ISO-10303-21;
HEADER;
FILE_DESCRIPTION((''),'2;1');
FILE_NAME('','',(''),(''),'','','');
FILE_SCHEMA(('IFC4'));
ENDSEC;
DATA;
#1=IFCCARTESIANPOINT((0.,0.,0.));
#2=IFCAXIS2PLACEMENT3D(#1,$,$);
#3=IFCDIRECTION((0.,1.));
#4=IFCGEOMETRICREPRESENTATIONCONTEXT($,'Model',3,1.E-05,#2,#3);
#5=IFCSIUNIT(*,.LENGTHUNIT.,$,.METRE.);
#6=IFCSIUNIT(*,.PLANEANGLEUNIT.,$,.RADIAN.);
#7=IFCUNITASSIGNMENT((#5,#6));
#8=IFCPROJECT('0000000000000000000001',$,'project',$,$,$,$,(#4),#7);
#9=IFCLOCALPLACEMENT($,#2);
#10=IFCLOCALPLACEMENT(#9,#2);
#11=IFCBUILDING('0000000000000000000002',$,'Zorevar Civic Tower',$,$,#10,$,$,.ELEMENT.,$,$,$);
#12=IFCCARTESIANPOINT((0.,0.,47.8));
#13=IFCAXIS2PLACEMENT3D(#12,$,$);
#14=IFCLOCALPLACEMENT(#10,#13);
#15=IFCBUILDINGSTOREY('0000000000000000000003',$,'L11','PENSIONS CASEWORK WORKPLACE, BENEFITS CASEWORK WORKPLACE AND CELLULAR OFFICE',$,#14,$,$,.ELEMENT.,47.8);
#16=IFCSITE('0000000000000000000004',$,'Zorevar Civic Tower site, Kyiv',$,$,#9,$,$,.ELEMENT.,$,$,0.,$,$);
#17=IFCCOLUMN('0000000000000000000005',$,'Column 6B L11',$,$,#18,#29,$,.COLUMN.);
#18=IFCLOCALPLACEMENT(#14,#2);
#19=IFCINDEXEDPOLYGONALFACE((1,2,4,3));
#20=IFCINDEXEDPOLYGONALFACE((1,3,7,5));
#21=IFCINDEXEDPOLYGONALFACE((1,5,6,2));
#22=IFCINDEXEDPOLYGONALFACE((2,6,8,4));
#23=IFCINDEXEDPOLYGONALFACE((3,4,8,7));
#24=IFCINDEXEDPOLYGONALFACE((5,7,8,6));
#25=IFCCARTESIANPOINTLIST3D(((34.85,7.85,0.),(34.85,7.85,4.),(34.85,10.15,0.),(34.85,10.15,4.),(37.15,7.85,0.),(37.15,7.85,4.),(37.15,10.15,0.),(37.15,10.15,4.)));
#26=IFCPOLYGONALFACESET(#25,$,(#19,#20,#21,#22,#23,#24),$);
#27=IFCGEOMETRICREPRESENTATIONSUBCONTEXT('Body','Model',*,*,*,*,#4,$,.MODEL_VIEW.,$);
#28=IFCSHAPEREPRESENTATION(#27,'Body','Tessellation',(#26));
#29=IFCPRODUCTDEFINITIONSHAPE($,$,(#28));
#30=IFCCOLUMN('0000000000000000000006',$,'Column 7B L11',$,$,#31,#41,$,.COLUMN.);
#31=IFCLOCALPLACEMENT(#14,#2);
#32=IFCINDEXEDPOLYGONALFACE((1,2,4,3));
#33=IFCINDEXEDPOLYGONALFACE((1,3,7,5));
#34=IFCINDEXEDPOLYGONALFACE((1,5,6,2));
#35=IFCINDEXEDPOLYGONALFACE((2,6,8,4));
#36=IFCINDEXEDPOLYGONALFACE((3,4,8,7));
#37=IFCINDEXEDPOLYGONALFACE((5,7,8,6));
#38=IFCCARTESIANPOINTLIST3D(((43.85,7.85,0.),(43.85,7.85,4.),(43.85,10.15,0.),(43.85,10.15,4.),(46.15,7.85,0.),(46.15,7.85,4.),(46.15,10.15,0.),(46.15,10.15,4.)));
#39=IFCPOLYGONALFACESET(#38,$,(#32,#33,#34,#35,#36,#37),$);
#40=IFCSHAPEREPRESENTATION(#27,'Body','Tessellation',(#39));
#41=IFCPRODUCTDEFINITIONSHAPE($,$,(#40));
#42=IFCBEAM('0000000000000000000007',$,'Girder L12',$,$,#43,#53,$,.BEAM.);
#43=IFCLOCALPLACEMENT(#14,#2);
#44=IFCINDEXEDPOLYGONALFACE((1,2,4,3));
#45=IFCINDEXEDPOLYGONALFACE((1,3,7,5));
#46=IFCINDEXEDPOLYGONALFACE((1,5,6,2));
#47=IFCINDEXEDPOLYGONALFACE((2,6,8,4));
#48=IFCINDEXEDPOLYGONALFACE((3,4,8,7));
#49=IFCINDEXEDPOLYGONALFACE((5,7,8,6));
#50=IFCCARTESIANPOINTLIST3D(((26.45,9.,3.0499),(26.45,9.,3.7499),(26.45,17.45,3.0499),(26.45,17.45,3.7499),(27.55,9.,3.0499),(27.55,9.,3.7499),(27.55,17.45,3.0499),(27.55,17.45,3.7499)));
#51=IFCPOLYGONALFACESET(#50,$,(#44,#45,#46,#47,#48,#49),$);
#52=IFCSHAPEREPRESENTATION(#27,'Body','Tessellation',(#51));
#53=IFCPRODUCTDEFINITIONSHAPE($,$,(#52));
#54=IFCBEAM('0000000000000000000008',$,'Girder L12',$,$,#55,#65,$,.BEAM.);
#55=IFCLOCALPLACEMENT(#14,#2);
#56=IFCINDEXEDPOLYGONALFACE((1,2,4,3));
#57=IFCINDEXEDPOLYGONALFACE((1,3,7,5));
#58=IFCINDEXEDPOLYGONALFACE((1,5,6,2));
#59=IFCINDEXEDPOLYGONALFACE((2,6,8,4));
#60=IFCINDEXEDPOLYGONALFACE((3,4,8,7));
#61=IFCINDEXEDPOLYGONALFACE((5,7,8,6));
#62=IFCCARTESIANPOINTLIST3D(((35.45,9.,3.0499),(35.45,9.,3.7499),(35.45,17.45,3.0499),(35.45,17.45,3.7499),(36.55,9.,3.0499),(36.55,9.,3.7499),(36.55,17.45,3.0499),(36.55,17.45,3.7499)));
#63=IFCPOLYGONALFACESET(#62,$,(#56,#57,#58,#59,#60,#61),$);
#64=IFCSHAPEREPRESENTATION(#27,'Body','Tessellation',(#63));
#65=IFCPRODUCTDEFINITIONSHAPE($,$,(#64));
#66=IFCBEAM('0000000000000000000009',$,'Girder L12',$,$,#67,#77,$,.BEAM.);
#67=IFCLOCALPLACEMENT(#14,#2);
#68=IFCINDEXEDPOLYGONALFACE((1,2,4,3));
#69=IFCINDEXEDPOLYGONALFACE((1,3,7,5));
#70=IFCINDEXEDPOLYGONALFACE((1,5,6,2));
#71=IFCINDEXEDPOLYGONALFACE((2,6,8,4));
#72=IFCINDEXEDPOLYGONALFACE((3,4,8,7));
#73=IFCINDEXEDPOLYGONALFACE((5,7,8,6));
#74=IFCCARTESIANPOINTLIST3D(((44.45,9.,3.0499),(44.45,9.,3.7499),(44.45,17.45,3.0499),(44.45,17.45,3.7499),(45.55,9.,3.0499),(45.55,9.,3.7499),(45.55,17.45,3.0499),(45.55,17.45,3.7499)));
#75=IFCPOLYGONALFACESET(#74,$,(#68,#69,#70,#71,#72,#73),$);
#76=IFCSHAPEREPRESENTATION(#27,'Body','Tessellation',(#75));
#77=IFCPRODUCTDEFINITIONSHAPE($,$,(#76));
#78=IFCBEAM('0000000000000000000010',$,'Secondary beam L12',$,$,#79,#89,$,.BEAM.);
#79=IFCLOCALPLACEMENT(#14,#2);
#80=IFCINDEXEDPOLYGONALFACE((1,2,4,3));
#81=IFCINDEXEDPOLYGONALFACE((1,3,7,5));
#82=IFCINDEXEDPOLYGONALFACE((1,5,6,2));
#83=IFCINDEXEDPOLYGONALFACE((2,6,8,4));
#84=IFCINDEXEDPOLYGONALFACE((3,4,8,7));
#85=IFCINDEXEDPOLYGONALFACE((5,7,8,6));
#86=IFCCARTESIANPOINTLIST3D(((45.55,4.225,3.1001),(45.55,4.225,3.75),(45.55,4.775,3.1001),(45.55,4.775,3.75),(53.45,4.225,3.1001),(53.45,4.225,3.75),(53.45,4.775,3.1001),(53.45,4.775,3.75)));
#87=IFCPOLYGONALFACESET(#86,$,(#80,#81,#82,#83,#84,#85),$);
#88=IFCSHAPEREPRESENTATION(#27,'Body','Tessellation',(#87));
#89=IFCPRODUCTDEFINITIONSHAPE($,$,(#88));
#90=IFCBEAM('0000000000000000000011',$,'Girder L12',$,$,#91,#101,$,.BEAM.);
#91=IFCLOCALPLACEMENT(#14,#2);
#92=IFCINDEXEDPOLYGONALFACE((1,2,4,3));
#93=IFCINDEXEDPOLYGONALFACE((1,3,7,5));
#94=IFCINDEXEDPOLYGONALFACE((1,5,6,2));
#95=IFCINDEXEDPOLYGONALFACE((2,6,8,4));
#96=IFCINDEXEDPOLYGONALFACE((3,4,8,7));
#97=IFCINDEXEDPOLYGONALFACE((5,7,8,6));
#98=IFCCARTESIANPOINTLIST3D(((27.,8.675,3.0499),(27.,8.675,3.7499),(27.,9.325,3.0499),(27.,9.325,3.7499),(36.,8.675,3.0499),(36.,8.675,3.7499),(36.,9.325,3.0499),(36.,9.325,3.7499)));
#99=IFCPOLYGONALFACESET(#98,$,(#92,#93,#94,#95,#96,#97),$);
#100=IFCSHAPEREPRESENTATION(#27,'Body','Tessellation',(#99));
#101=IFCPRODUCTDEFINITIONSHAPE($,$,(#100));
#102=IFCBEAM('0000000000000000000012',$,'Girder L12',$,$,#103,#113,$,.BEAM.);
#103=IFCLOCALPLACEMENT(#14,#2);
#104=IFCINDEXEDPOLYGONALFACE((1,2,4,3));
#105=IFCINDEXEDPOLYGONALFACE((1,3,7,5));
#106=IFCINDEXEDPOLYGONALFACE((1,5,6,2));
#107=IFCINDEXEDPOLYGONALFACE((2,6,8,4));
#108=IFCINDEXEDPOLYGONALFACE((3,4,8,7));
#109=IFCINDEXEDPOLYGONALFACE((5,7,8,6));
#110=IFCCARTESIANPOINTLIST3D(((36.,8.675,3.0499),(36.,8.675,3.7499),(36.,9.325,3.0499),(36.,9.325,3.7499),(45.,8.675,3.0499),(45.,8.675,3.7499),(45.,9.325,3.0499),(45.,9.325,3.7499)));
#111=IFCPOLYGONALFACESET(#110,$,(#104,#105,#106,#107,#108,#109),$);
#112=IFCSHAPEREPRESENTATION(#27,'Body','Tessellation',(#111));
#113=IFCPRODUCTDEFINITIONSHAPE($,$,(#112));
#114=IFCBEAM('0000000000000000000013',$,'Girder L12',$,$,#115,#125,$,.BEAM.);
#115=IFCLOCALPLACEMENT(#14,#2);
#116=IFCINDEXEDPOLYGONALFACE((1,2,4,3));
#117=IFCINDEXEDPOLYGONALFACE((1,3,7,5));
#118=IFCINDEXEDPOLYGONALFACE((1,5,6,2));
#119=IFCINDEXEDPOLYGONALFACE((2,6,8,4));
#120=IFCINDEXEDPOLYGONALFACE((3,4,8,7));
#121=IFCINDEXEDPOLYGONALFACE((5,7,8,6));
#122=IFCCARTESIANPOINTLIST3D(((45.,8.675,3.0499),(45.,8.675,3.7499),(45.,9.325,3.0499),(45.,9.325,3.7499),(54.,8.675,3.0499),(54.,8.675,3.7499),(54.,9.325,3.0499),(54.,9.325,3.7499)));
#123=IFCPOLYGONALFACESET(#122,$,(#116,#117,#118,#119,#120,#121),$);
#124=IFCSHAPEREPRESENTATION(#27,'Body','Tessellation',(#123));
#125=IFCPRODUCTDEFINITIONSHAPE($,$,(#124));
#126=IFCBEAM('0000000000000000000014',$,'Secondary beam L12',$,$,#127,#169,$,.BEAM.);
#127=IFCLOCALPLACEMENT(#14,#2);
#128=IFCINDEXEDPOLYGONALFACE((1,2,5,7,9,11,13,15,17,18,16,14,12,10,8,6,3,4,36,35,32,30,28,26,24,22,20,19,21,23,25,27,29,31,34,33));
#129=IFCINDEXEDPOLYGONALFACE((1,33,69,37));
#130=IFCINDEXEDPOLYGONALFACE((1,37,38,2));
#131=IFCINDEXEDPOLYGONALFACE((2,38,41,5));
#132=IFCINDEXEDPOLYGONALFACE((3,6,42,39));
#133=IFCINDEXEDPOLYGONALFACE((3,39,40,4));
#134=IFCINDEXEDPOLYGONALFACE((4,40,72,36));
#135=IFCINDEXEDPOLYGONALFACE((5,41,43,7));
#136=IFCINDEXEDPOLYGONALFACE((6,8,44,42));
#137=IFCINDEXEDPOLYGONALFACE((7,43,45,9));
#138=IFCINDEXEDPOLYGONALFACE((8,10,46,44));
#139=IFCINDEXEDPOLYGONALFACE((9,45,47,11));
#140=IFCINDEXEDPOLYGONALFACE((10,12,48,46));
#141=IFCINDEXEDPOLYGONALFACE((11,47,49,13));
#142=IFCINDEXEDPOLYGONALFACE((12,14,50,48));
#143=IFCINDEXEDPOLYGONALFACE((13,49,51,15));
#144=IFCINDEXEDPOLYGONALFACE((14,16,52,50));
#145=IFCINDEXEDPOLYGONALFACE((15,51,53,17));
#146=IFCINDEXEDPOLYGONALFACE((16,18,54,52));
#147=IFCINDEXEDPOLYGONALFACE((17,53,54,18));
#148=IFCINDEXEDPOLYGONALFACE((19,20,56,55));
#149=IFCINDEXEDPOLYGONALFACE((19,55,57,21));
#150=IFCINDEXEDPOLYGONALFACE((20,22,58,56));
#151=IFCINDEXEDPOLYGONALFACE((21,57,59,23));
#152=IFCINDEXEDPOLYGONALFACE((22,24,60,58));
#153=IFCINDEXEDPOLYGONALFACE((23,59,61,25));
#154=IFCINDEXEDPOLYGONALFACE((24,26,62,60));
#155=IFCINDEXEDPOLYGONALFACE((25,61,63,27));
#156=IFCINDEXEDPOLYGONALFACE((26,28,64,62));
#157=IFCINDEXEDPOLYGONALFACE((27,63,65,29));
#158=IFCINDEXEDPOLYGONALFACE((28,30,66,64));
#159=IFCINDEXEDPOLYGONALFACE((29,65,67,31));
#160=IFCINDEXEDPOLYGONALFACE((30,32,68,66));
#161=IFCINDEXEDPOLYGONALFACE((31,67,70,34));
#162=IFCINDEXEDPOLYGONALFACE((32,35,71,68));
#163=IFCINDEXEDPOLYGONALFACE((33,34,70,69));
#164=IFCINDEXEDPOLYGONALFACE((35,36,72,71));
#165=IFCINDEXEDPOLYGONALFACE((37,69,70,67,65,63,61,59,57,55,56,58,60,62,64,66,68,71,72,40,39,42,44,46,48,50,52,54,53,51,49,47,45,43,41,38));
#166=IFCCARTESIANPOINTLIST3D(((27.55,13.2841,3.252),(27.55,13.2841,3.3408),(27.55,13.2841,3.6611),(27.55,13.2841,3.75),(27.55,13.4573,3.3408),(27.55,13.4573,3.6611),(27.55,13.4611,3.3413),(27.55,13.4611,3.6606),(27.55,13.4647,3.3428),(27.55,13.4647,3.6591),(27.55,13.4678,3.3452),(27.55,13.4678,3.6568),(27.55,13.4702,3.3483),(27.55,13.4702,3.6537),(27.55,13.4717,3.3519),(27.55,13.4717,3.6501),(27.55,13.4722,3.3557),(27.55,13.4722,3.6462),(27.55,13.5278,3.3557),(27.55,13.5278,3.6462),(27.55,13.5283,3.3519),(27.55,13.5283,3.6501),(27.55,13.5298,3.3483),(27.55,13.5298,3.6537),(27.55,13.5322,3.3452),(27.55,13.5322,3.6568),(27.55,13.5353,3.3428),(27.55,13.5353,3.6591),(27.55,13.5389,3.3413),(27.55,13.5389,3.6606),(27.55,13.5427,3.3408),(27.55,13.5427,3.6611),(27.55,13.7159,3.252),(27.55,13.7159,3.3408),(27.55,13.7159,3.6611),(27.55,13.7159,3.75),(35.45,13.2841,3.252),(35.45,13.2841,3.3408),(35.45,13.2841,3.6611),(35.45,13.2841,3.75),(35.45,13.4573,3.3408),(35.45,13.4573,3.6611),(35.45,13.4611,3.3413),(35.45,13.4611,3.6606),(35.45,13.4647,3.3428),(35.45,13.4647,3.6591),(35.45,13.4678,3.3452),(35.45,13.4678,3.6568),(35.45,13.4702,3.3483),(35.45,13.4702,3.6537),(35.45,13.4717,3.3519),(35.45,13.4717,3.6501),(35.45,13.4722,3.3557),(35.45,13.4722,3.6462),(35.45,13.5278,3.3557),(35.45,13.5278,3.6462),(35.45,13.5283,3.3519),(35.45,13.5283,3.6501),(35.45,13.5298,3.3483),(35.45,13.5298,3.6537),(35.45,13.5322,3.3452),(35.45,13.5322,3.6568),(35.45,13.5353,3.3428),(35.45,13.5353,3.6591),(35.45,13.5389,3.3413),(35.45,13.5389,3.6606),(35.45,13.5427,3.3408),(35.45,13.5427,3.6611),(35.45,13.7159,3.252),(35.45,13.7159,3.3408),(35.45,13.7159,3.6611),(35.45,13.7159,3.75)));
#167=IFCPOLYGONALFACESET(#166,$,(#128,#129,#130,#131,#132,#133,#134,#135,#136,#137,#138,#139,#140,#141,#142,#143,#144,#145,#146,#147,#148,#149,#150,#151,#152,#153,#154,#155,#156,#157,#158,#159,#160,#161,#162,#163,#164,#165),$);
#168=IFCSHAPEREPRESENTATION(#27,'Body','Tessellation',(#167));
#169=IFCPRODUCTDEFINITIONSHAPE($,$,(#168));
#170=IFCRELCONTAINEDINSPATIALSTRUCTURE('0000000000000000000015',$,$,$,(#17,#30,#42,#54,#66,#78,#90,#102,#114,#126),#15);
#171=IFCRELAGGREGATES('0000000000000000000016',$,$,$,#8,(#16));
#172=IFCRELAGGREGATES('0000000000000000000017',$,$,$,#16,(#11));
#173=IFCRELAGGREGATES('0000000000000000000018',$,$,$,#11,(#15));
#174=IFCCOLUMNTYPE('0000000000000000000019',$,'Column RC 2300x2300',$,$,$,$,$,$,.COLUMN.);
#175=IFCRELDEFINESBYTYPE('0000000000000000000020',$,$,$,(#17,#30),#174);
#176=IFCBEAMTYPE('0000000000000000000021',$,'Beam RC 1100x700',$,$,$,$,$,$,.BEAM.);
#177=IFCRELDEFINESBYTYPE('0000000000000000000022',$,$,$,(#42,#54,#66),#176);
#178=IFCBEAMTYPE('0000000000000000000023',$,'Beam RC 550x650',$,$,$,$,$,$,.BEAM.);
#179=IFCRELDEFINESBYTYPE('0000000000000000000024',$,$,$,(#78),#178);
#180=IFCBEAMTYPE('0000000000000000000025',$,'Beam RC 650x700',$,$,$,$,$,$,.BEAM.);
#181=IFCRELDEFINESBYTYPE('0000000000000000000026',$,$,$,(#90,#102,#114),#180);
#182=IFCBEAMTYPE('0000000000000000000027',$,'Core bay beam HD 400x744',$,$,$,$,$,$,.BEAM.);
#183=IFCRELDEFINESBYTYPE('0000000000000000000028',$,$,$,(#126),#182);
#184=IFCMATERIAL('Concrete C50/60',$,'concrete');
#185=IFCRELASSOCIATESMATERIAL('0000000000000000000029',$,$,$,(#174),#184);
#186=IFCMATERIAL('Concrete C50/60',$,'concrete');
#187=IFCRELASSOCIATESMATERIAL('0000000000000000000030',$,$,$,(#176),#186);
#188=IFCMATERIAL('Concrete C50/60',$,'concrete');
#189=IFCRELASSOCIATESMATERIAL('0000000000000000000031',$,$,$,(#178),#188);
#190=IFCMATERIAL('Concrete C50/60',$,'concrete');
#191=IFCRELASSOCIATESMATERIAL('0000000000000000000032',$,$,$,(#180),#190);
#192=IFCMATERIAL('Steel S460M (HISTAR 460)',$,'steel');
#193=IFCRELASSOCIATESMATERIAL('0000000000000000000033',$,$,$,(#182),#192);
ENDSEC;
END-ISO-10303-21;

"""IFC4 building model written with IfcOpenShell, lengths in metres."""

from ifc_helpers import new_model, si_unit, direction, frame, origin, origin_2d, place, context, subcontext, project, spatial, rectangle, i_section, extrude, material, material_profile, profile_set, type_object, element, save


model = new_model("IFC4")

# Units and contexts
model_context = context("Model", 3, precision=1e-05, world=origin(), true_north=direction((0.0, 1.0)))
body_context = subcontext(model_context, "Body", "Model", "MODEL_VIEW")
ifc_project = project(units=[si_unit("LENGTHUNIT", "METRE"), si_unit("PLANEANGLEUNIT", "RADIAN")], contexts=[model_context])

# Site, building, storey
site_placement = place(None, origin())
site = spatial("IfcSite", under=ifc_project, at=site_placement, Name="Zorevar Civic Tower site, Kyiv", CompositionType="ELEMENT", RefElevation=0.0)
building_placement = place(site_placement, origin())
building = spatial("IfcBuilding", under=site, at=building_placement, Name="Zorevar Civic Tower", CompositionType="ELEMENT")
storey_placement = place(building_placement, frame((0.0, 0.0, 47.8)))
storey = spatial("IfcBuildingStorey", under=building, at=storey_placement, Name="L11", Description="PENSIONS CASEWORK WORKPLACE, BENEFITS CASEWORK WORKPLACE AND CELLULAR OFFICE", CompositionType="ELEMENT", Elevation=47.8)

# Columns
ifc_material_1 = material(Name="Concrete C50/60", Category="concrete")
ifc_material_profile_1 = material_profile(ifc_material_1, rectangle(XDim=2.3, YDim=2.3, at=origin_2d()), Name="RC 2300x2300")
ifc_profile_set_1 = profile_set([ifc_material_profile_1], Name="Concrete C50/60")
column_type = type_object("IfcColumnType", Name="Column RC 2300x2300", PredefinedType="COLUMN", material=ifc_profile_set_1)
for number, where, z_axis, x_axis, name in (
    (1, (36.0, 9.0, 0.0), (0.0, 0.0, 1.0), (1.0, 0.0, 0.0), "Column 6B L11"),
    (2, (45.0, 9.0, 0.0), (0.0, 0.0, 1.0), (1.0, 0.0, 0.0), "Column 7B L11"),
):
    element("IfcColumn", number, at=place(storey_placement, frame(where, z_axis=z_axis, x_axis=x_axis)), inside=storey, type_object=column_type, Name=name, PredefinedType="COLUMN", context=body_context, shape_type="SweptSolid", body=[
        extrude(rectangle(XDim=2.3, YDim=2.3, at=origin_2d()), origin(), (0.0, 0.0, 1.0), 4.0),
    ])

# Beams
ifc_material_2 = material(Name="Concrete C50/60", Category="concrete")
ifc_material_profile_2 = material_profile(ifc_material_2, rectangle(XDim=1.1001, YDim=0.7, at=origin_2d()), Name="RC 1100x700")
ifc_profile_set_2 = profile_set([ifc_material_profile_2], Name="Concrete C50/60")
beam_type_1 = type_object("IfcBeamType", Name="Beam RC 1100x700", PredefinedType="BEAM", material=ifc_profile_set_2)
for number, where, z_axis, x_axis, name in (
    (3, (27.0, 9.0, 3.3999), (0.0, 1.0, 0.0), (-1.0, 0.0, 0.0), "Girder L12"),
    (4, (36.0, 9.0, 3.3999), (0.0, 1.0, 0.0), (-1.0, 0.0, 0.0), "Girder L12"),
    (5, (45.0, 9.0, 3.3999), (0.0, 1.0, 0.0), (-1.0, 0.0, 0.0), "Girder L12"),
):
    element("IfcBeam", number, at=place(storey_placement, frame(where, z_axis=z_axis, x_axis=x_axis)), inside=storey, type_object=beam_type_1, Name=name, PredefinedType="BEAM", context=body_context, shape_type="SweptSolid", body=[
        extrude(rectangle(XDim=1.1001, YDim=0.7, at=origin_2d()), origin(), (0.0, 0.0, 1.0), 8.45),
    ])
ifc_material_3 = material(Name="Concrete C50/60", Category="concrete")
ifc_material_profile_3 = material_profile(ifc_material_3, rectangle(XDim=0.55, YDim=0.6499, at=origin_2d()), Name="RC 550x650")
ifc_profile_set_3 = profile_set([ifc_material_profile_3], Name="Concrete C50/60")
beam_type_2 = type_object("IfcBeamType", Name="Beam RC 550x650", PredefinedType="BEAM", material=ifc_profile_set_3)
beam_1_placement = place(storey_placement, frame((45.55, 4.5, 3.425), z_axis=(1.0, 0.0, 0.0), x_axis=(0.0, 1.0, 0.0)))
element("IfcBeam", 6, at=beam_1_placement, inside=storey, type_object=beam_type_2, Name="Secondary beam L12", PredefinedType="BEAM", context=body_context, shape_type="SweptSolid", body=[
    extrude(rectangle(XDim=0.55, YDim=0.6499, at=origin_2d()), origin(), (0.0, 0.0, 1.0), 7.8999),
])
ifc_material_4 = material(Name="Concrete C50/60", Category="concrete")
ifc_material_profile_4 = material_profile(ifc_material_4, rectangle(XDim=0.6499, YDim=0.7, at=origin_2d()), Name="RC 650x700")
ifc_profile_set_4 = profile_set([ifc_material_profile_4], Name="Concrete C50/60")
beam_type_3 = type_object("IfcBeamType", Name="Beam RC 650x700", PredefinedType="BEAM", material=ifc_profile_set_4)
for number, where, z_axis, x_axis, name in (
    (7, (27.0, 9.0, 3.3999), (1.0, 0.0, 0.0), (0.0, 1.0, 0.0), "Girder L12"),
    (8, (36.0, 9.0, 3.3999), (1.0, 0.0, 0.0), (0.0, 1.0, 0.0), "Girder L12"),
    (9, (45.0, 9.0, 3.3999), (1.0, 0.0, 0.0), (0.0, 1.0, 0.0), "Girder L12"),
):
    element("IfcBeam", number, at=place(storey_placement, frame(where, z_axis=z_axis, x_axis=x_axis)), inside=storey, type_object=beam_type_3, Name=name, PredefinedType="BEAM", context=body_context, shape_type="SweptSolid", body=[
        extrude(rectangle(XDim=0.6499, YDim=0.7, at=origin_2d()), origin(), (0.0, 0.0, 1.0), 9.0),
    ])
ifc_material_5 = material(Name="Steel S460M (HISTAR 460)", Category="steel")
ifc_material_profile_5 = material_profile(ifc_material_5, i_section(OverallWidth=0.4319, OverallDepth=0.498, WebThickness=0.0557, FlangeThickness=0.0889, FilletRadius=0.0149, at=origin_2d()), Name="HD 400x744")
ifc_profile_set_5 = profile_set([ifc_material_profile_5], Name="Steel S460M (HISTAR 460)")
beam_type_4 = type_object("IfcBeamType", Name="Core bay beam HD 400x744", PredefinedType="BEAM", material=ifc_profile_set_5)
beam_2_placement = place(storey_placement, frame((27.55, 13.5, 3.501), z_axis=(1.0, 0.0, 0.0), x_axis=(0.0, 1.0, 0.0)))
element("IfcBeam", 10, at=beam_2_placement, inside=storey, type_object=beam_type_4, Name="Secondary beam L12", PredefinedType="BEAM", context=body_context, shape_type="SweptSolid", body=[
    extrude(i_section(OverallWidth=0.4319, OverallDepth=0.498, WebThickness=0.0557, FlangeThickness=0.0889, FilletRadius=0.0149, at=origin_2d()), origin(), (0.0, 0.0, 1.0), 7.8999),
])

save(model, "model.ifc")
